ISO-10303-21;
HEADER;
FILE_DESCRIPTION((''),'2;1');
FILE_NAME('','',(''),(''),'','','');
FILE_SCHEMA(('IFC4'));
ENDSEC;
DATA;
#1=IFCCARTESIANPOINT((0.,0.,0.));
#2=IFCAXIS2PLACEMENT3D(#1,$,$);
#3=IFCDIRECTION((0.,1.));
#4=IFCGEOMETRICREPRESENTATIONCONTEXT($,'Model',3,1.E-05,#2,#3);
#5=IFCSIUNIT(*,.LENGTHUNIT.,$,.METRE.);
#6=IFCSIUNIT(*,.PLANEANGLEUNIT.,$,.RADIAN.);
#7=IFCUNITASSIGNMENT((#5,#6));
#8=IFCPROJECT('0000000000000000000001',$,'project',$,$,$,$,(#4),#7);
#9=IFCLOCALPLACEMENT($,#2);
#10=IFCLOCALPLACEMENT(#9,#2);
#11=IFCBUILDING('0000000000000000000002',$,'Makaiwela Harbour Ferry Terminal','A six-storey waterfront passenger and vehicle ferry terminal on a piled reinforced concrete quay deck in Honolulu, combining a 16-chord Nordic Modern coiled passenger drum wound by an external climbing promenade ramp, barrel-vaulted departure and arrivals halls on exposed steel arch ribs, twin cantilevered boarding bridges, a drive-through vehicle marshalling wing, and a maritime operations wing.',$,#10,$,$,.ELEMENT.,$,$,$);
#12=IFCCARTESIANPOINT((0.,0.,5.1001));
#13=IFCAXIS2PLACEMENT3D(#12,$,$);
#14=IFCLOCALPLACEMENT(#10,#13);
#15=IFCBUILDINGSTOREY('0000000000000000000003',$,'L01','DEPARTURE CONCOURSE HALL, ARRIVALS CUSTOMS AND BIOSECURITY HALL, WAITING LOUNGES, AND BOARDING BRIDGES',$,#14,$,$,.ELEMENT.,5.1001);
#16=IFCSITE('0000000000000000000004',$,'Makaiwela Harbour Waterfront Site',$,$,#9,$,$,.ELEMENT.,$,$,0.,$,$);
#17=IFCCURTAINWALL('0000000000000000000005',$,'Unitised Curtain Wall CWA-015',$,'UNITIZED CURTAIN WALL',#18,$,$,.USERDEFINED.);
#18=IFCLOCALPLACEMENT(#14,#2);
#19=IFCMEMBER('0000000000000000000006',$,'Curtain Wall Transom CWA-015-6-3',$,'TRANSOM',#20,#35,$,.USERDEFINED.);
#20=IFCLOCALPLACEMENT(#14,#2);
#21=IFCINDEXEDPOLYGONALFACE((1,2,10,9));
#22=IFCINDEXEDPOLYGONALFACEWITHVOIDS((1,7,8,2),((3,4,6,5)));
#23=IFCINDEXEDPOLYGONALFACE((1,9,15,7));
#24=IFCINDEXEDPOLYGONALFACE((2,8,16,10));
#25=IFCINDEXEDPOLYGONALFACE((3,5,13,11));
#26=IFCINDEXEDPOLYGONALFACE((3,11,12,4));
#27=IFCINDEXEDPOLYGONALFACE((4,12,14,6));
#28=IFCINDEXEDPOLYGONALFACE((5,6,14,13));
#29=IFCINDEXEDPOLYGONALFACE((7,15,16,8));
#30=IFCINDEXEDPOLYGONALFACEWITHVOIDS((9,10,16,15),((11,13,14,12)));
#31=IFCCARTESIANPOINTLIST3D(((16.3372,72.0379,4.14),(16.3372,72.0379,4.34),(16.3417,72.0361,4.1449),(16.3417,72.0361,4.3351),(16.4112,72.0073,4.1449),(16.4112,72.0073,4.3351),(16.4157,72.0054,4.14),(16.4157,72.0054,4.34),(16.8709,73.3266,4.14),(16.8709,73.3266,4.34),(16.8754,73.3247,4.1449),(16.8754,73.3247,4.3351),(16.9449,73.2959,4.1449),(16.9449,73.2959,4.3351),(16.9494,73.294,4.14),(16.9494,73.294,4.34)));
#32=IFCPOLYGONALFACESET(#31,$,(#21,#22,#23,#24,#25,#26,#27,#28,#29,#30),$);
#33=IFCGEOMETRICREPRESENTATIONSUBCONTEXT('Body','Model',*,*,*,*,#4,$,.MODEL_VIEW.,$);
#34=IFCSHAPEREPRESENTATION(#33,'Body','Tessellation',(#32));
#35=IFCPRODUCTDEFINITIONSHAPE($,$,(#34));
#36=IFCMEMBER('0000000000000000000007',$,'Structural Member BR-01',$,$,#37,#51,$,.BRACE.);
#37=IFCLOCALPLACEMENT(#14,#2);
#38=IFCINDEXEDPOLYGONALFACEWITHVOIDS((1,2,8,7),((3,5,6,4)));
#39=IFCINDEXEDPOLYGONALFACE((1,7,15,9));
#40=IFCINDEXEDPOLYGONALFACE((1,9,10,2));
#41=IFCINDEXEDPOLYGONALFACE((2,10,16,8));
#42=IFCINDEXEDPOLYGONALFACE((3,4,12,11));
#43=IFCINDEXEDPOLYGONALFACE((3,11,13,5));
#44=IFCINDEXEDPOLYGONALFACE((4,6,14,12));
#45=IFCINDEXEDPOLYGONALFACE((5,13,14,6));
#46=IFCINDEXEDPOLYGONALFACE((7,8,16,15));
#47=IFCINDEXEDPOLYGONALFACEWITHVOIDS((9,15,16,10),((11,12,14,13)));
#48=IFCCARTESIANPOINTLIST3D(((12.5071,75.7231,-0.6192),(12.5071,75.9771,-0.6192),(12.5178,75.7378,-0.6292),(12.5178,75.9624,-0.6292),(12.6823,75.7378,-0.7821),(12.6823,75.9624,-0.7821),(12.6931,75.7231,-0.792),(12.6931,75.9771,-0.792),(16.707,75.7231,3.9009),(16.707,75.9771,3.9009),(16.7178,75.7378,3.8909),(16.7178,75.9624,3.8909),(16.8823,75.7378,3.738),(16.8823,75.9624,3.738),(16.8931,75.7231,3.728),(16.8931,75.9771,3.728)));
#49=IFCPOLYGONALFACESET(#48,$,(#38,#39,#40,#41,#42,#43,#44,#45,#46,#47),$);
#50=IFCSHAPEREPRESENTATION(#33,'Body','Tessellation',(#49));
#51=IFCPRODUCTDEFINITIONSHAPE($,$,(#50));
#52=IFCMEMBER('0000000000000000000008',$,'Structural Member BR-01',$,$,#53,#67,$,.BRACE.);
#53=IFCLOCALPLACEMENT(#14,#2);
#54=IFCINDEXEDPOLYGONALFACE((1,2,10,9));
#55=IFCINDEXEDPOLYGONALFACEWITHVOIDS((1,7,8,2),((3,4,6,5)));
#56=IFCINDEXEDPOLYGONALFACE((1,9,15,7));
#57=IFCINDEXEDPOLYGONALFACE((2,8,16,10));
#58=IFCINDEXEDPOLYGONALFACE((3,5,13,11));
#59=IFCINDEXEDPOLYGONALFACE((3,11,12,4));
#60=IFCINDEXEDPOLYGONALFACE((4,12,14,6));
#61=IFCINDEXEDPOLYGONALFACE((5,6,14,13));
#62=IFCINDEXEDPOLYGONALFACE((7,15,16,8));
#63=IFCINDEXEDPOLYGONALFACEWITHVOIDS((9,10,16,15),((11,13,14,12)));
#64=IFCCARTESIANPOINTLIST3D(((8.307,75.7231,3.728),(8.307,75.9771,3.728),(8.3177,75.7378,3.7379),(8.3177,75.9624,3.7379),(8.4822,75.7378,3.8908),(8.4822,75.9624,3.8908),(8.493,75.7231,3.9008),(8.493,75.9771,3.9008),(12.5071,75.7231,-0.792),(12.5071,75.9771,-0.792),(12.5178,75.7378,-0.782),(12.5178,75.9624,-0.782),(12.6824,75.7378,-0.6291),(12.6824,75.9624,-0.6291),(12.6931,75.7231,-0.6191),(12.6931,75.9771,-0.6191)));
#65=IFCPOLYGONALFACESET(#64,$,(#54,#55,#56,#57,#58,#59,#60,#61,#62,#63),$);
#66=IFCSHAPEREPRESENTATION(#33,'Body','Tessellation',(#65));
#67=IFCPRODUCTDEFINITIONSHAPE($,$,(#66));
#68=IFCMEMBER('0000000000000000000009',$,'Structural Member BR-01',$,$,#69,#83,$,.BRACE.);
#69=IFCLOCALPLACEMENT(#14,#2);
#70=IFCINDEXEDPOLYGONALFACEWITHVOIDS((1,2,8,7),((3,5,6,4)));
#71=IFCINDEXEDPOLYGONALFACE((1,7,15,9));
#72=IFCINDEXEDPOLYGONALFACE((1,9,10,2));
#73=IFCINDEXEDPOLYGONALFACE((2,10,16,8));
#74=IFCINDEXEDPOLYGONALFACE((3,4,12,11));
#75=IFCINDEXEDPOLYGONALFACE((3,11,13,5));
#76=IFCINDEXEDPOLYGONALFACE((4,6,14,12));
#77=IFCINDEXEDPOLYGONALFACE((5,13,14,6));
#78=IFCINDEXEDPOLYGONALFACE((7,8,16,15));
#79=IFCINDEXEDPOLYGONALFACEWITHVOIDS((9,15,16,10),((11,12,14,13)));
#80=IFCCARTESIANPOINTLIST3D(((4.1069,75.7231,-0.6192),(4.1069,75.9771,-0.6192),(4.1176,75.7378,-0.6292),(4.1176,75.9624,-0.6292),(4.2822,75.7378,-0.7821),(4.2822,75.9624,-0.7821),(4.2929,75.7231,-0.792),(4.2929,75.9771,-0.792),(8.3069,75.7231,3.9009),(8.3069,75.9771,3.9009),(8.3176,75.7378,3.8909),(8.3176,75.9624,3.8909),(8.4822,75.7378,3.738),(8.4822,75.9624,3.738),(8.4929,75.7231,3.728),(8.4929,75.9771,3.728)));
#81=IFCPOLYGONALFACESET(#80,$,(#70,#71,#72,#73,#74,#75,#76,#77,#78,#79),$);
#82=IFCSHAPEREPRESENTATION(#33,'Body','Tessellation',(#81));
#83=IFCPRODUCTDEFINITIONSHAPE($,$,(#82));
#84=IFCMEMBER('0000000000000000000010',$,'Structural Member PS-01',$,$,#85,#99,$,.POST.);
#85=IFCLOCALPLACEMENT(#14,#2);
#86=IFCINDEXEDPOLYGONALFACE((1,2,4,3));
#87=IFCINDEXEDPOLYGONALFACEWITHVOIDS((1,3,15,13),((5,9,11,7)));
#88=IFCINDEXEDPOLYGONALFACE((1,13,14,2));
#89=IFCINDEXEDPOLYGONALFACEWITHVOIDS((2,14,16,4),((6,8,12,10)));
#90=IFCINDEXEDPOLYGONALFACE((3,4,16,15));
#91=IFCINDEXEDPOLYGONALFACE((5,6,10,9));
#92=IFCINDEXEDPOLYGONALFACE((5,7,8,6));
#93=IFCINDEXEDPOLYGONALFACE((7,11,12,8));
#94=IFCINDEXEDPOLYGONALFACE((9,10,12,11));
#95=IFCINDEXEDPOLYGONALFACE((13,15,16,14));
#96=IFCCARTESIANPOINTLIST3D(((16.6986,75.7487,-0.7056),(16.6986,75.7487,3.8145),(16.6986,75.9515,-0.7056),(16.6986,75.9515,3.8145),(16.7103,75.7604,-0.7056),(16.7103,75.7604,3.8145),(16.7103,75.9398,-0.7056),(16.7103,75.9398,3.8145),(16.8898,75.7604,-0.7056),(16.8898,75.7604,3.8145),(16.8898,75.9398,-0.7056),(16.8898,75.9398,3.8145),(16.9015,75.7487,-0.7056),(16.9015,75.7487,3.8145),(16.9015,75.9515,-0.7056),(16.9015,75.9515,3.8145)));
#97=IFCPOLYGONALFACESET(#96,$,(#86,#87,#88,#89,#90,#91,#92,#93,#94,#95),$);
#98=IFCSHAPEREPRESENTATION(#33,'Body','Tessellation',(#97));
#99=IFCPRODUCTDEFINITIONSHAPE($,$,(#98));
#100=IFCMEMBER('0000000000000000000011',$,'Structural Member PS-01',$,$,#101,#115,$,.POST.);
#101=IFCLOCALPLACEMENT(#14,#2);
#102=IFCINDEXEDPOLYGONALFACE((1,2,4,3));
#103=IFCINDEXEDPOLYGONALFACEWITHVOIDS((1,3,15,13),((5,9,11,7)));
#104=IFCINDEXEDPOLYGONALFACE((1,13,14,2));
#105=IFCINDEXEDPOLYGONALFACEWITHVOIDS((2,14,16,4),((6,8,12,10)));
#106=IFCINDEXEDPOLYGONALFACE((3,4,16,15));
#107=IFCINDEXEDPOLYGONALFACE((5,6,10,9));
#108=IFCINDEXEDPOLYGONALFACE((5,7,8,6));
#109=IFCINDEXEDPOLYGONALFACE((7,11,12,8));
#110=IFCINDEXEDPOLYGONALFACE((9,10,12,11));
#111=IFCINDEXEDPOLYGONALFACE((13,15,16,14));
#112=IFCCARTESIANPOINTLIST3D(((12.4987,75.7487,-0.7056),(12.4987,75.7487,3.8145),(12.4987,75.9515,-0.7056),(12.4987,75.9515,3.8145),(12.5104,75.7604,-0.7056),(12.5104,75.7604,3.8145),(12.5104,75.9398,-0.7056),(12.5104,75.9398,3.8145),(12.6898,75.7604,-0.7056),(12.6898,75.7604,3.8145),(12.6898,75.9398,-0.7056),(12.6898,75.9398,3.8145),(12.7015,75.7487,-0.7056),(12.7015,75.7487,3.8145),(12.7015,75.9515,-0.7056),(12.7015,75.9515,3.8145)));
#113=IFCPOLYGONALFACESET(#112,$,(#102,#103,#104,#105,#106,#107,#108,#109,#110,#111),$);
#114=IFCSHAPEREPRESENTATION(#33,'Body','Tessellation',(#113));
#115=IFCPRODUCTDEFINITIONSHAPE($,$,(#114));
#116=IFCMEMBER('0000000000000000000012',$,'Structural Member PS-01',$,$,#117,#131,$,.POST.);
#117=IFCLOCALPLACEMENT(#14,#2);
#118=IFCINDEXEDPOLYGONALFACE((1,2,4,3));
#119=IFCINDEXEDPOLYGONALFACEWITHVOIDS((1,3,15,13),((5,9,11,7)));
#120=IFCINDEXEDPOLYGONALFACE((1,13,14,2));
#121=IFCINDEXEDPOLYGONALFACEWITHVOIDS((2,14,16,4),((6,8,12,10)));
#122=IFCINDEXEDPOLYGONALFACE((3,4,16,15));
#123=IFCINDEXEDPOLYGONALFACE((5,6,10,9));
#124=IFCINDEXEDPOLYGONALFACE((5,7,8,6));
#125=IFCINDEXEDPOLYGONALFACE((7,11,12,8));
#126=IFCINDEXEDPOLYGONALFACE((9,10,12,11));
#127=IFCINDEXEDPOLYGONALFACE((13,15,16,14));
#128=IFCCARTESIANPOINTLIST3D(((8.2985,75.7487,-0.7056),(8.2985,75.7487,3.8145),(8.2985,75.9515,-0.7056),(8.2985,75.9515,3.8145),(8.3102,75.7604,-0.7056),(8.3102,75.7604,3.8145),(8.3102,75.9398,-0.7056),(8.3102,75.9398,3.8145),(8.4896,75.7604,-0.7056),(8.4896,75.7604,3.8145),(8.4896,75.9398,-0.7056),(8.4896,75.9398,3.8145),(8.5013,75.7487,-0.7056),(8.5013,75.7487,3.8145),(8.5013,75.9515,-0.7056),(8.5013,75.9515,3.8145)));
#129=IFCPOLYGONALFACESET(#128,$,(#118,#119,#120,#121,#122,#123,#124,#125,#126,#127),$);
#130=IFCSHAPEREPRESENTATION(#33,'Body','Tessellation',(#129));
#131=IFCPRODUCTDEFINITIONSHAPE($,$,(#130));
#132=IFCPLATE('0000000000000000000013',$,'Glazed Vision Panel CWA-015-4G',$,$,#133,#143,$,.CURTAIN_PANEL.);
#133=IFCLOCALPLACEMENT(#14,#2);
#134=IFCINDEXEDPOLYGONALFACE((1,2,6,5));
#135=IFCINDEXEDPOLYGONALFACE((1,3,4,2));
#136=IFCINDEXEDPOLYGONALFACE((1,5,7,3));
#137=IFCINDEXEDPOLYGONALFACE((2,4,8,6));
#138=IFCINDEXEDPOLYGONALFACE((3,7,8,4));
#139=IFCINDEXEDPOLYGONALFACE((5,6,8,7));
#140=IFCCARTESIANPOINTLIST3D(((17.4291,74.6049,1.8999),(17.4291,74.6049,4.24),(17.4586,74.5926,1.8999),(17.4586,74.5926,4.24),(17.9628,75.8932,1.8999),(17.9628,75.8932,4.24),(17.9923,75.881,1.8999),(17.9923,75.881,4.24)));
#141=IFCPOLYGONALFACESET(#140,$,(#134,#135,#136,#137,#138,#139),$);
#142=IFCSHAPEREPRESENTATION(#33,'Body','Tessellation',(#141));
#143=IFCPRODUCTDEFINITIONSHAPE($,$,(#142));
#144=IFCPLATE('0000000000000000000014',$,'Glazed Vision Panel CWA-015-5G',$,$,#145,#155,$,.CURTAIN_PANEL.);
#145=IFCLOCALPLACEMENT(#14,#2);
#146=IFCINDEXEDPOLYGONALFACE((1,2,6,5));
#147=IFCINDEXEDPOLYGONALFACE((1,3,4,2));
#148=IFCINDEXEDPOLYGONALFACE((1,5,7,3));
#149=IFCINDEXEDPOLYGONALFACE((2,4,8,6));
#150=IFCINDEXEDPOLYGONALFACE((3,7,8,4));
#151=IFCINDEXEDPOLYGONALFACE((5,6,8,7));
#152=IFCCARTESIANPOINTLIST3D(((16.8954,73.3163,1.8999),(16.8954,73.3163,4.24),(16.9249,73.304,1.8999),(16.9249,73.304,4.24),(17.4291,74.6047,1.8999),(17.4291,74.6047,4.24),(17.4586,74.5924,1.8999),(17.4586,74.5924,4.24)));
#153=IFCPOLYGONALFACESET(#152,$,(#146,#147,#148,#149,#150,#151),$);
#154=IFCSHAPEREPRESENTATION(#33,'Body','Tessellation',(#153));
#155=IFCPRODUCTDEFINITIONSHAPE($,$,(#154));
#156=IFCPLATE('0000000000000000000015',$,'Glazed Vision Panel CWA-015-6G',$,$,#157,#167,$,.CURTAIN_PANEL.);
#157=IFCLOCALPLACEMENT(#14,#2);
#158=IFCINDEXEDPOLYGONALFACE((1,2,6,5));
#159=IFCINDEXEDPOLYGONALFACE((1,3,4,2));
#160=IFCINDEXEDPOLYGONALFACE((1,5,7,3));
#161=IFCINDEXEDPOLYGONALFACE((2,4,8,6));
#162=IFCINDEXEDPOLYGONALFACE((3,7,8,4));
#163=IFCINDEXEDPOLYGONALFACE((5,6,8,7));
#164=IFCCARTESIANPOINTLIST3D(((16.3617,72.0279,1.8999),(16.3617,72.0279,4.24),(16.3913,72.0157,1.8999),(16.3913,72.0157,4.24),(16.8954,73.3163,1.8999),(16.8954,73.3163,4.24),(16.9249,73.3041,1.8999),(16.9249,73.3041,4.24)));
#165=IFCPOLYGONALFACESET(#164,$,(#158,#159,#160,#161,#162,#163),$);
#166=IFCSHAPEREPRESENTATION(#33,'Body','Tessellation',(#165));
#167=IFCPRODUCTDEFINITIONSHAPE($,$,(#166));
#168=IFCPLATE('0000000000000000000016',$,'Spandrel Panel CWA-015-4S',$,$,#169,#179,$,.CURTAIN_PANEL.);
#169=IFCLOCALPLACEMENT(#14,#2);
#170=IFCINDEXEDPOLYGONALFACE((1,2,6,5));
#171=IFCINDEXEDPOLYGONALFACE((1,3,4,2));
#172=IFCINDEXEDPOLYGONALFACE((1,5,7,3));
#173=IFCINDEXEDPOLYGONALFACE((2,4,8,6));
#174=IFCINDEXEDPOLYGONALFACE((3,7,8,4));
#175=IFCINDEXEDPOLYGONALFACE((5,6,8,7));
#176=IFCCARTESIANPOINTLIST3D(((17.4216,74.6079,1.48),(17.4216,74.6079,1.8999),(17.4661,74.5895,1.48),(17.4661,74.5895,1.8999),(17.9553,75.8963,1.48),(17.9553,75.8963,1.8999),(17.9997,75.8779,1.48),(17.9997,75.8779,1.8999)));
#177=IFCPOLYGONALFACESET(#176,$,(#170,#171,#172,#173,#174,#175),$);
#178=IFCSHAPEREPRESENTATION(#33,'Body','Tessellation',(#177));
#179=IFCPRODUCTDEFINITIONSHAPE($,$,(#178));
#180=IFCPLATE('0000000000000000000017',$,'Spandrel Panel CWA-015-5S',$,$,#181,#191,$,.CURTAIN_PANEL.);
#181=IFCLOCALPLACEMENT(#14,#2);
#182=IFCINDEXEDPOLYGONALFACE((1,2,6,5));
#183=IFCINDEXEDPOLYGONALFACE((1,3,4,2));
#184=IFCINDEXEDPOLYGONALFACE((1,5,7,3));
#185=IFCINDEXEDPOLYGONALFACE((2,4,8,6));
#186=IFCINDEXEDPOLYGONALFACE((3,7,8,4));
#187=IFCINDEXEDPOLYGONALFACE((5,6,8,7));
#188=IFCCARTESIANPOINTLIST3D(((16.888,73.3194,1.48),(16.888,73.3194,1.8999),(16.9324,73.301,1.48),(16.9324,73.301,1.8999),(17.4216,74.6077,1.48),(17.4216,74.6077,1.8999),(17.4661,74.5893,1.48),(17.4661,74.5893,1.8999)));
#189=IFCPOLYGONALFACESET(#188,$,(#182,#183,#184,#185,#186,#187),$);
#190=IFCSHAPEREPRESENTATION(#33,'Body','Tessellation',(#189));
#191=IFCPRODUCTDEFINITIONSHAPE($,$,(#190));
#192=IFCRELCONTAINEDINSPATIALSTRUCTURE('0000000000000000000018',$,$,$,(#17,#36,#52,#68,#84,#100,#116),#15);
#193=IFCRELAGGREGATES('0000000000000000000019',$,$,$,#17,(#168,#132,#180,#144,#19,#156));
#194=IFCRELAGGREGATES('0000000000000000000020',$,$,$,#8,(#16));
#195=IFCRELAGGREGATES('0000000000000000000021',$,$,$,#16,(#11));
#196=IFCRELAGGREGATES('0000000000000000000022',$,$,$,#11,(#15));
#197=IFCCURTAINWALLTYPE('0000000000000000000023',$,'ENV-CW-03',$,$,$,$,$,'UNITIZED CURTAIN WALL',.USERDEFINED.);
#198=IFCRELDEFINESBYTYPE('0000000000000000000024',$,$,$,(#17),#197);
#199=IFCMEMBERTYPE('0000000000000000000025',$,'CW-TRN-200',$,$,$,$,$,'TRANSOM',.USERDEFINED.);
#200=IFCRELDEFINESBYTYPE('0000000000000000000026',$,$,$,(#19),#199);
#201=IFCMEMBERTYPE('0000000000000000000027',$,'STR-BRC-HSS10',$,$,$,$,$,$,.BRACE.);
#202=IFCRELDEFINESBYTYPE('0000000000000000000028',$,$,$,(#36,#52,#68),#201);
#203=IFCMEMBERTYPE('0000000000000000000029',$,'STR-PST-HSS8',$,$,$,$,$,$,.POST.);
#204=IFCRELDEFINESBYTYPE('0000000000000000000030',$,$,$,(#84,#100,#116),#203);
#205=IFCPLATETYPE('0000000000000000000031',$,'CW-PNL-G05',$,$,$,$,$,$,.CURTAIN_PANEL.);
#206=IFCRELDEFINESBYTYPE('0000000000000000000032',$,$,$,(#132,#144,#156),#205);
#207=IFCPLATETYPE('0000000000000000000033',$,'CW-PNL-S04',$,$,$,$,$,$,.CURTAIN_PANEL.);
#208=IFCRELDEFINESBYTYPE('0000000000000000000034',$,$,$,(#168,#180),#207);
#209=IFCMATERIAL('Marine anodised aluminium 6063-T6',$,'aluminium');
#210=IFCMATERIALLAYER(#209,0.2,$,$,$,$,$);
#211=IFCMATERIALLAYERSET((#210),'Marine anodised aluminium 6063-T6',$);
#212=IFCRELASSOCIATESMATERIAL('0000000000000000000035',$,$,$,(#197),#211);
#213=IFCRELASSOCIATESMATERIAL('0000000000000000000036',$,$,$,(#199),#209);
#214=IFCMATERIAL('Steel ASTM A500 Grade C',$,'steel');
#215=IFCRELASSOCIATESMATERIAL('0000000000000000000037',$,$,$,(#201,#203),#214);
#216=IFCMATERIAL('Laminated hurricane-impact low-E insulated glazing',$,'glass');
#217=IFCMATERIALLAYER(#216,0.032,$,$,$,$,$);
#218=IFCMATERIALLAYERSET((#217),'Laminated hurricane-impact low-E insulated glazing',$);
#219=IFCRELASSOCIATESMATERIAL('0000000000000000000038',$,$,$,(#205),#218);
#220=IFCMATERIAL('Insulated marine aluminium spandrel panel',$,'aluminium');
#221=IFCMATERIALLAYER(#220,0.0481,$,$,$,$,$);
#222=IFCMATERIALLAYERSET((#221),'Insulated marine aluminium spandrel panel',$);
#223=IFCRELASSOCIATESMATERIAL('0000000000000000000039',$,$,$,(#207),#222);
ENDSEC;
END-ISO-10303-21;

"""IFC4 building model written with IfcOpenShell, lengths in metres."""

from ifc_helpers import new_model, si_unit, direction, frame, origin, origin_2d, place, context, subcontext, project, spatial, rectangle, hollow_rectangle, extrude, material, layer, layer_set, material_profile, profile_set, type_object, element, aggregate, save


model = new_model("IFC4")

# Units and contexts
model_context = context("Model", 3, precision=1e-05, world=origin(), true_north=direction((0.0, 1.0)))
body_context = subcontext(model_context, "Body", "Model", "MODEL_VIEW")
ifc_project = project(units=[si_unit("LENGTHUNIT", "METRE"), si_unit("PLANEANGLEUNIT", "RADIAN")], contexts=[model_context])

# Site, building, storey
site_placement = place(None, origin())
site = spatial("IfcSite", under=ifc_project, at=site_placement, Name="Makaiwela Harbour Waterfront Site", CompositionType="ELEMENT", RefElevation=0.0)
building_placement = place(site_placement, origin())
building = spatial("IfcBuilding", under=site, at=building_placement, Name="Makaiwela Harbour Ferry Terminal", Description="A six-storey waterfront passenger and vehicle ferry terminal on a piled reinforced concrete quay deck in Honolulu, combining a 16-chord Nordic Modern coiled passenger drum wound by an external climbing promenade ramp, barrel-vaulted departure and arrivals halls on exposed steel arch ribs, twin cantilevered boarding bridges, a drive-through vehicle marshalling wing, and a maritime operations wing.", CompositionType="ELEMENT")
storey_placement = place(building_placement, frame((0.0, 0.0, 5.1001)))
storey = spatial("IfcBuildingStorey", under=building, at=storey_placement, Name="L01", Description="DEPARTURE CONCOURSE HALL, ARRIVALS CUSTOMS AND BIOSECURITY HALL, WAITING LOUNGES, AND BOARDING BRIDGES", CompositionType="ELEMENT", Elevation=5.1001)

# Curtain wall, member
ifc_material_1 = material(Name="Marine anodised aluminium 6063-T6", Category="aluminium")
ifc_layer_1 = layer(ifc_material_1, 0.2)
ifc_layer_set_1 = layer_set([ifc_layer_1], Name="Marine anodised aluminium 6063-T6")
curtain_wall_type = type_object("IfcCurtainWallType", Name="ENV-CW-03", ElementType="UNITIZED CURTAIN WALL", PredefinedType="USERDEFINED", material=ifc_layer_set_1)
curtain_wall_placement = place(storey_placement, origin())
curtain_wall = element("IfcCurtainWall", 1, at=curtain_wall_placement, inside=storey, type_object=curtain_wall_type, Name="Unitised Curtain Wall CWA-015", ObjectType="UNITIZED CURTAIN WALL", PredefinedType="USERDEFINED")
ifc_material_profile_1 = material_profile(ifc_material_1, hollow_rectangle(XDim=0.085, YDim=0.2, WallThickness=0.0049, at=origin_2d()), Name="CWT-200X85")
ifc_profile_set_1 = profile_set([ifc_material_profile_1], Name="Marine anodised aluminium 6063-T6")
member_type_1 = type_object("IfcMemberType", Name="CW-TRN-200", ElementType="TRANSOM", PredefinedType="USERDEFINED", material=ifc_profile_set_1)
member_1_placement = place(storey_placement, frame((16.9102, 73.3103, 4.24), z_axis=(-0.382651, -0.923893, 0.0), x_axis=(0.923893, -0.382651, 0.0)))
member_1 = element("IfcMember", 2, at=member_1_placement, type_object=member_type_1, Name="Curtain Wall Transom CWA-015-6-3", ObjectType="TRANSOM", PredefinedType="USERDEFINED", context=body_context, shape_type="SweptSolid", body=[
    extrude(hollow_rectangle(XDim=0.085, YDim=0.2, WallThickness=0.0049, at=origin_2d()), origin(), (0.0, 0.0, 1.0), 1.3948),
])

# Members
ifc_material_2 = material(Name="Steel ASTM A500 Grade C", Category="steel")
ifc_material_profile_2 = material_profile(ifc_material_2, hollow_rectangle(XDim=0.2539, YDim=0.2539, WallThickness=0.0146, at=origin_2d()), Name="HSS10X10X5/8")
ifc_profile_set_2 = profile_set([ifc_material_profile_2], Name="Steel ASTM A500 Grade C")
member_type_2 = type_object("IfcMemberType", Name="STR-BRC-HSS10", PredefinedType="BRACE", material=ifc_profile_set_2)
for number, where, z_axis, x_axis, name in (
    (3, (16.8, 75.8501, 3.8145), (-0.680694, 0.0, -0.732568), (0.0, -1.0, 0.0), "Structural Member BR-01"),
    (4, (12.6001, 75.8501, -0.7056), (-0.680715, 0.0, 0.732548), (0.0, -1.0, 0.0), "Structural Member BR-01"),
    (5, (8.3999, 75.8501, 3.8145), (-0.680694, 0.0, -0.732568), (0.0, -1.0, 0.0), "Structural Member BR-01"),
):
    element("IfcMember", number, at=place(storey_placement, frame(where, z_axis=z_axis, x_axis=x_axis)), inside=storey, type_object=member_type_2, Name=name, PredefinedType="BRACE", context=body_context, shape_type="SweptSolid", body=[
        extrude(hollow_rectangle(XDim=0.2539, YDim=0.2539, WallThickness=0.0146, at=origin_2d()), origin(), (0.0, 0.0, 1.0), 6.1702),
    ])
ifc_material_profile_3 = material_profile(ifc_material_2, hollow_rectangle(XDim=0.2029, YDim=0.2029, WallThickness=0.0117, at=origin_2d()), Name="HSS8X8X1/2")
ifc_profile_set_3 = profile_set([ifc_material_profile_3], Name="Steel ASTM A500 Grade C")
member_type_3 = type_object("IfcMemberType", Name="STR-PST-HSS8", PredefinedType="POST", material=ifc_profile_set_3)
for number, where, z_axis, x_axis, name in (
    (6, (16.8, 75.8501, -0.7056), (0.0, 0.0, 1.0), (1.0, 0.0, 0.0), "Structural Member PS-01"),
    (7, (12.6001, 75.8501, -0.7056), (0.0, 0.0, 1.0), (1.0, 0.0, 0.0), "Structural Member PS-01"),
    (8, (8.3999, 75.8501, -0.7056), (0.0, 0.0, 1.0), (1.0, 0.0, 0.0), "Structural Member PS-01"),
):
    element("IfcMember", number, at=place(storey_placement, frame(where, z_axis=z_axis, x_axis=x_axis)), inside=storey, type_object=member_type_3, Name=name, PredefinedType="POST", context=body_context, shape_type="SweptSolid", body=[
        extrude(hollow_rectangle(XDim=0.2029, YDim=0.2029, WallThickness=0.0117, at=origin_2d()), origin(), (0.0, 0.0, 1.0), 4.52),
    ])

# Plates
ifc_material_3 = material(Name="Laminated hurricane-impact low-E insulated glazing", Category="glass")
ifc_layer_2 = layer(ifc_material_3, 0.032)
ifc_layer_set_2 = layer_set([ifc_layer_2], Name="Laminated hurricane-impact low-E insulated glazing")
plate_type_1 = type_object("IfcPlateType", Name="CW-PNL-G05", PredefinedType="CURTAIN_PANEL", material=ifc_layer_set_2)
plate_1_placement = place(storey_placement, frame((17.7107, 75.2429, 1.8999), z_axis=(0.0, 0.0, 1.0), x_axis=(-0.382683, -0.92388, 0.0)))
plate_1 = element("IfcPlate", 9, at=plate_1_placement, type_object=plate_type_1, Name="Glazed Vision Panel CWA-015-4G", PredefinedType="CURTAIN_PANEL", context=body_context, shape_type="SweptSolid", body=[
    extrude(rectangle(XDim=1.3945, YDim=0.032, at=origin_2d()), origin(), (0.0, 0.0, 1.0), 2.3401),
])
plate_2_placement = place(storey_placement, frame((17.177, 73.9543, 1.8999), z_axis=(0.0, 0.0, 1.0), x_axis=(-0.382683, -0.92388, 0.0)))
plate_2 = element("IfcPlate", 10, at=plate_2_placement, type_object=plate_type_1, Name="Glazed Vision Panel CWA-015-5G", PredefinedType="CURTAIN_PANEL", context=body_context, shape_type="SweptSolid", body=[
    extrude(rectangle(XDim=1.3945, YDim=0.032, at=origin_2d()), origin(), (0.0, 0.0, 1.0), 2.3401),
])
plate_3_placement = place(storey_placement, frame((16.6433, 72.666, 1.8999), z_axis=(0.0, 0.0, 1.0), x_axis=(-0.382683, -0.92388, 0.0)))
plate_3 = element("IfcPlate", 11, at=plate_3_placement, type_object=plate_type_1, Name="Glazed Vision Panel CWA-015-6G", PredefinedType="CURTAIN_PANEL", context=body_context, shape_type="SweptSolid", body=[
    extrude(rectangle(XDim=1.3945, YDim=0.032, at=origin_2d()), origin(), (0.0, 0.0, 1.0), 2.3401),
])
ifc_material_4 = material(Name="Insulated marine aluminium spandrel panel", Category="aluminium")
ifc_layer_3 = layer(ifc_material_4, 0.0481)
ifc_layer_set_3 = layer_set([ifc_layer_3], Name="Insulated marine aluminium spandrel panel")
plate_type_2 = type_object("IfcPlateType", Name="CW-PNL-S04", PredefinedType="CURTAIN_PANEL", material=ifc_layer_set_3)
plate_4_placement = place(storey_placement, frame((17.7107, 75.2429, 1.48), z_axis=(0.0, 0.0, 1.0), x_axis=(-0.382683, -0.92388, 0.0)))
plate_4 = element("IfcPlate", 12, at=plate_4_placement, type_object=plate_type_2, Name="Spandrel Panel CWA-015-4S", PredefinedType="CURTAIN_PANEL", context=body_context, shape_type="SweptSolid", body=[
    extrude(rectangle(XDim=1.3945, YDim=0.0481, at=origin_2d()), origin(), (0.0, 0.0, 1.0), 0.4199),
])
plate_5_placement = place(storey_placement, frame((17.177, 73.9543, 1.48), z_axis=(0.0, 0.0, 1.0), x_axis=(-0.382683, -0.92388, 0.0)))
plate_5 = element("IfcPlate", 13, at=plate_5_placement, type_object=plate_type_2, Name="Spandrel Panel CWA-015-5S", PredefinedType="CURTAIN_PANEL", context=body_context, shape_type="SweptSolid", body=[
    extrude(rectangle(XDim=1.3945, YDim=0.0481, at=origin_2d()), origin(), (0.0, 0.0, 1.0), 0.4199),
])
aggregate(curtain_wall, [plate_4, plate_1, plate_5, plate_2, member_1, plate_3])

save(model, "model.ifc")
